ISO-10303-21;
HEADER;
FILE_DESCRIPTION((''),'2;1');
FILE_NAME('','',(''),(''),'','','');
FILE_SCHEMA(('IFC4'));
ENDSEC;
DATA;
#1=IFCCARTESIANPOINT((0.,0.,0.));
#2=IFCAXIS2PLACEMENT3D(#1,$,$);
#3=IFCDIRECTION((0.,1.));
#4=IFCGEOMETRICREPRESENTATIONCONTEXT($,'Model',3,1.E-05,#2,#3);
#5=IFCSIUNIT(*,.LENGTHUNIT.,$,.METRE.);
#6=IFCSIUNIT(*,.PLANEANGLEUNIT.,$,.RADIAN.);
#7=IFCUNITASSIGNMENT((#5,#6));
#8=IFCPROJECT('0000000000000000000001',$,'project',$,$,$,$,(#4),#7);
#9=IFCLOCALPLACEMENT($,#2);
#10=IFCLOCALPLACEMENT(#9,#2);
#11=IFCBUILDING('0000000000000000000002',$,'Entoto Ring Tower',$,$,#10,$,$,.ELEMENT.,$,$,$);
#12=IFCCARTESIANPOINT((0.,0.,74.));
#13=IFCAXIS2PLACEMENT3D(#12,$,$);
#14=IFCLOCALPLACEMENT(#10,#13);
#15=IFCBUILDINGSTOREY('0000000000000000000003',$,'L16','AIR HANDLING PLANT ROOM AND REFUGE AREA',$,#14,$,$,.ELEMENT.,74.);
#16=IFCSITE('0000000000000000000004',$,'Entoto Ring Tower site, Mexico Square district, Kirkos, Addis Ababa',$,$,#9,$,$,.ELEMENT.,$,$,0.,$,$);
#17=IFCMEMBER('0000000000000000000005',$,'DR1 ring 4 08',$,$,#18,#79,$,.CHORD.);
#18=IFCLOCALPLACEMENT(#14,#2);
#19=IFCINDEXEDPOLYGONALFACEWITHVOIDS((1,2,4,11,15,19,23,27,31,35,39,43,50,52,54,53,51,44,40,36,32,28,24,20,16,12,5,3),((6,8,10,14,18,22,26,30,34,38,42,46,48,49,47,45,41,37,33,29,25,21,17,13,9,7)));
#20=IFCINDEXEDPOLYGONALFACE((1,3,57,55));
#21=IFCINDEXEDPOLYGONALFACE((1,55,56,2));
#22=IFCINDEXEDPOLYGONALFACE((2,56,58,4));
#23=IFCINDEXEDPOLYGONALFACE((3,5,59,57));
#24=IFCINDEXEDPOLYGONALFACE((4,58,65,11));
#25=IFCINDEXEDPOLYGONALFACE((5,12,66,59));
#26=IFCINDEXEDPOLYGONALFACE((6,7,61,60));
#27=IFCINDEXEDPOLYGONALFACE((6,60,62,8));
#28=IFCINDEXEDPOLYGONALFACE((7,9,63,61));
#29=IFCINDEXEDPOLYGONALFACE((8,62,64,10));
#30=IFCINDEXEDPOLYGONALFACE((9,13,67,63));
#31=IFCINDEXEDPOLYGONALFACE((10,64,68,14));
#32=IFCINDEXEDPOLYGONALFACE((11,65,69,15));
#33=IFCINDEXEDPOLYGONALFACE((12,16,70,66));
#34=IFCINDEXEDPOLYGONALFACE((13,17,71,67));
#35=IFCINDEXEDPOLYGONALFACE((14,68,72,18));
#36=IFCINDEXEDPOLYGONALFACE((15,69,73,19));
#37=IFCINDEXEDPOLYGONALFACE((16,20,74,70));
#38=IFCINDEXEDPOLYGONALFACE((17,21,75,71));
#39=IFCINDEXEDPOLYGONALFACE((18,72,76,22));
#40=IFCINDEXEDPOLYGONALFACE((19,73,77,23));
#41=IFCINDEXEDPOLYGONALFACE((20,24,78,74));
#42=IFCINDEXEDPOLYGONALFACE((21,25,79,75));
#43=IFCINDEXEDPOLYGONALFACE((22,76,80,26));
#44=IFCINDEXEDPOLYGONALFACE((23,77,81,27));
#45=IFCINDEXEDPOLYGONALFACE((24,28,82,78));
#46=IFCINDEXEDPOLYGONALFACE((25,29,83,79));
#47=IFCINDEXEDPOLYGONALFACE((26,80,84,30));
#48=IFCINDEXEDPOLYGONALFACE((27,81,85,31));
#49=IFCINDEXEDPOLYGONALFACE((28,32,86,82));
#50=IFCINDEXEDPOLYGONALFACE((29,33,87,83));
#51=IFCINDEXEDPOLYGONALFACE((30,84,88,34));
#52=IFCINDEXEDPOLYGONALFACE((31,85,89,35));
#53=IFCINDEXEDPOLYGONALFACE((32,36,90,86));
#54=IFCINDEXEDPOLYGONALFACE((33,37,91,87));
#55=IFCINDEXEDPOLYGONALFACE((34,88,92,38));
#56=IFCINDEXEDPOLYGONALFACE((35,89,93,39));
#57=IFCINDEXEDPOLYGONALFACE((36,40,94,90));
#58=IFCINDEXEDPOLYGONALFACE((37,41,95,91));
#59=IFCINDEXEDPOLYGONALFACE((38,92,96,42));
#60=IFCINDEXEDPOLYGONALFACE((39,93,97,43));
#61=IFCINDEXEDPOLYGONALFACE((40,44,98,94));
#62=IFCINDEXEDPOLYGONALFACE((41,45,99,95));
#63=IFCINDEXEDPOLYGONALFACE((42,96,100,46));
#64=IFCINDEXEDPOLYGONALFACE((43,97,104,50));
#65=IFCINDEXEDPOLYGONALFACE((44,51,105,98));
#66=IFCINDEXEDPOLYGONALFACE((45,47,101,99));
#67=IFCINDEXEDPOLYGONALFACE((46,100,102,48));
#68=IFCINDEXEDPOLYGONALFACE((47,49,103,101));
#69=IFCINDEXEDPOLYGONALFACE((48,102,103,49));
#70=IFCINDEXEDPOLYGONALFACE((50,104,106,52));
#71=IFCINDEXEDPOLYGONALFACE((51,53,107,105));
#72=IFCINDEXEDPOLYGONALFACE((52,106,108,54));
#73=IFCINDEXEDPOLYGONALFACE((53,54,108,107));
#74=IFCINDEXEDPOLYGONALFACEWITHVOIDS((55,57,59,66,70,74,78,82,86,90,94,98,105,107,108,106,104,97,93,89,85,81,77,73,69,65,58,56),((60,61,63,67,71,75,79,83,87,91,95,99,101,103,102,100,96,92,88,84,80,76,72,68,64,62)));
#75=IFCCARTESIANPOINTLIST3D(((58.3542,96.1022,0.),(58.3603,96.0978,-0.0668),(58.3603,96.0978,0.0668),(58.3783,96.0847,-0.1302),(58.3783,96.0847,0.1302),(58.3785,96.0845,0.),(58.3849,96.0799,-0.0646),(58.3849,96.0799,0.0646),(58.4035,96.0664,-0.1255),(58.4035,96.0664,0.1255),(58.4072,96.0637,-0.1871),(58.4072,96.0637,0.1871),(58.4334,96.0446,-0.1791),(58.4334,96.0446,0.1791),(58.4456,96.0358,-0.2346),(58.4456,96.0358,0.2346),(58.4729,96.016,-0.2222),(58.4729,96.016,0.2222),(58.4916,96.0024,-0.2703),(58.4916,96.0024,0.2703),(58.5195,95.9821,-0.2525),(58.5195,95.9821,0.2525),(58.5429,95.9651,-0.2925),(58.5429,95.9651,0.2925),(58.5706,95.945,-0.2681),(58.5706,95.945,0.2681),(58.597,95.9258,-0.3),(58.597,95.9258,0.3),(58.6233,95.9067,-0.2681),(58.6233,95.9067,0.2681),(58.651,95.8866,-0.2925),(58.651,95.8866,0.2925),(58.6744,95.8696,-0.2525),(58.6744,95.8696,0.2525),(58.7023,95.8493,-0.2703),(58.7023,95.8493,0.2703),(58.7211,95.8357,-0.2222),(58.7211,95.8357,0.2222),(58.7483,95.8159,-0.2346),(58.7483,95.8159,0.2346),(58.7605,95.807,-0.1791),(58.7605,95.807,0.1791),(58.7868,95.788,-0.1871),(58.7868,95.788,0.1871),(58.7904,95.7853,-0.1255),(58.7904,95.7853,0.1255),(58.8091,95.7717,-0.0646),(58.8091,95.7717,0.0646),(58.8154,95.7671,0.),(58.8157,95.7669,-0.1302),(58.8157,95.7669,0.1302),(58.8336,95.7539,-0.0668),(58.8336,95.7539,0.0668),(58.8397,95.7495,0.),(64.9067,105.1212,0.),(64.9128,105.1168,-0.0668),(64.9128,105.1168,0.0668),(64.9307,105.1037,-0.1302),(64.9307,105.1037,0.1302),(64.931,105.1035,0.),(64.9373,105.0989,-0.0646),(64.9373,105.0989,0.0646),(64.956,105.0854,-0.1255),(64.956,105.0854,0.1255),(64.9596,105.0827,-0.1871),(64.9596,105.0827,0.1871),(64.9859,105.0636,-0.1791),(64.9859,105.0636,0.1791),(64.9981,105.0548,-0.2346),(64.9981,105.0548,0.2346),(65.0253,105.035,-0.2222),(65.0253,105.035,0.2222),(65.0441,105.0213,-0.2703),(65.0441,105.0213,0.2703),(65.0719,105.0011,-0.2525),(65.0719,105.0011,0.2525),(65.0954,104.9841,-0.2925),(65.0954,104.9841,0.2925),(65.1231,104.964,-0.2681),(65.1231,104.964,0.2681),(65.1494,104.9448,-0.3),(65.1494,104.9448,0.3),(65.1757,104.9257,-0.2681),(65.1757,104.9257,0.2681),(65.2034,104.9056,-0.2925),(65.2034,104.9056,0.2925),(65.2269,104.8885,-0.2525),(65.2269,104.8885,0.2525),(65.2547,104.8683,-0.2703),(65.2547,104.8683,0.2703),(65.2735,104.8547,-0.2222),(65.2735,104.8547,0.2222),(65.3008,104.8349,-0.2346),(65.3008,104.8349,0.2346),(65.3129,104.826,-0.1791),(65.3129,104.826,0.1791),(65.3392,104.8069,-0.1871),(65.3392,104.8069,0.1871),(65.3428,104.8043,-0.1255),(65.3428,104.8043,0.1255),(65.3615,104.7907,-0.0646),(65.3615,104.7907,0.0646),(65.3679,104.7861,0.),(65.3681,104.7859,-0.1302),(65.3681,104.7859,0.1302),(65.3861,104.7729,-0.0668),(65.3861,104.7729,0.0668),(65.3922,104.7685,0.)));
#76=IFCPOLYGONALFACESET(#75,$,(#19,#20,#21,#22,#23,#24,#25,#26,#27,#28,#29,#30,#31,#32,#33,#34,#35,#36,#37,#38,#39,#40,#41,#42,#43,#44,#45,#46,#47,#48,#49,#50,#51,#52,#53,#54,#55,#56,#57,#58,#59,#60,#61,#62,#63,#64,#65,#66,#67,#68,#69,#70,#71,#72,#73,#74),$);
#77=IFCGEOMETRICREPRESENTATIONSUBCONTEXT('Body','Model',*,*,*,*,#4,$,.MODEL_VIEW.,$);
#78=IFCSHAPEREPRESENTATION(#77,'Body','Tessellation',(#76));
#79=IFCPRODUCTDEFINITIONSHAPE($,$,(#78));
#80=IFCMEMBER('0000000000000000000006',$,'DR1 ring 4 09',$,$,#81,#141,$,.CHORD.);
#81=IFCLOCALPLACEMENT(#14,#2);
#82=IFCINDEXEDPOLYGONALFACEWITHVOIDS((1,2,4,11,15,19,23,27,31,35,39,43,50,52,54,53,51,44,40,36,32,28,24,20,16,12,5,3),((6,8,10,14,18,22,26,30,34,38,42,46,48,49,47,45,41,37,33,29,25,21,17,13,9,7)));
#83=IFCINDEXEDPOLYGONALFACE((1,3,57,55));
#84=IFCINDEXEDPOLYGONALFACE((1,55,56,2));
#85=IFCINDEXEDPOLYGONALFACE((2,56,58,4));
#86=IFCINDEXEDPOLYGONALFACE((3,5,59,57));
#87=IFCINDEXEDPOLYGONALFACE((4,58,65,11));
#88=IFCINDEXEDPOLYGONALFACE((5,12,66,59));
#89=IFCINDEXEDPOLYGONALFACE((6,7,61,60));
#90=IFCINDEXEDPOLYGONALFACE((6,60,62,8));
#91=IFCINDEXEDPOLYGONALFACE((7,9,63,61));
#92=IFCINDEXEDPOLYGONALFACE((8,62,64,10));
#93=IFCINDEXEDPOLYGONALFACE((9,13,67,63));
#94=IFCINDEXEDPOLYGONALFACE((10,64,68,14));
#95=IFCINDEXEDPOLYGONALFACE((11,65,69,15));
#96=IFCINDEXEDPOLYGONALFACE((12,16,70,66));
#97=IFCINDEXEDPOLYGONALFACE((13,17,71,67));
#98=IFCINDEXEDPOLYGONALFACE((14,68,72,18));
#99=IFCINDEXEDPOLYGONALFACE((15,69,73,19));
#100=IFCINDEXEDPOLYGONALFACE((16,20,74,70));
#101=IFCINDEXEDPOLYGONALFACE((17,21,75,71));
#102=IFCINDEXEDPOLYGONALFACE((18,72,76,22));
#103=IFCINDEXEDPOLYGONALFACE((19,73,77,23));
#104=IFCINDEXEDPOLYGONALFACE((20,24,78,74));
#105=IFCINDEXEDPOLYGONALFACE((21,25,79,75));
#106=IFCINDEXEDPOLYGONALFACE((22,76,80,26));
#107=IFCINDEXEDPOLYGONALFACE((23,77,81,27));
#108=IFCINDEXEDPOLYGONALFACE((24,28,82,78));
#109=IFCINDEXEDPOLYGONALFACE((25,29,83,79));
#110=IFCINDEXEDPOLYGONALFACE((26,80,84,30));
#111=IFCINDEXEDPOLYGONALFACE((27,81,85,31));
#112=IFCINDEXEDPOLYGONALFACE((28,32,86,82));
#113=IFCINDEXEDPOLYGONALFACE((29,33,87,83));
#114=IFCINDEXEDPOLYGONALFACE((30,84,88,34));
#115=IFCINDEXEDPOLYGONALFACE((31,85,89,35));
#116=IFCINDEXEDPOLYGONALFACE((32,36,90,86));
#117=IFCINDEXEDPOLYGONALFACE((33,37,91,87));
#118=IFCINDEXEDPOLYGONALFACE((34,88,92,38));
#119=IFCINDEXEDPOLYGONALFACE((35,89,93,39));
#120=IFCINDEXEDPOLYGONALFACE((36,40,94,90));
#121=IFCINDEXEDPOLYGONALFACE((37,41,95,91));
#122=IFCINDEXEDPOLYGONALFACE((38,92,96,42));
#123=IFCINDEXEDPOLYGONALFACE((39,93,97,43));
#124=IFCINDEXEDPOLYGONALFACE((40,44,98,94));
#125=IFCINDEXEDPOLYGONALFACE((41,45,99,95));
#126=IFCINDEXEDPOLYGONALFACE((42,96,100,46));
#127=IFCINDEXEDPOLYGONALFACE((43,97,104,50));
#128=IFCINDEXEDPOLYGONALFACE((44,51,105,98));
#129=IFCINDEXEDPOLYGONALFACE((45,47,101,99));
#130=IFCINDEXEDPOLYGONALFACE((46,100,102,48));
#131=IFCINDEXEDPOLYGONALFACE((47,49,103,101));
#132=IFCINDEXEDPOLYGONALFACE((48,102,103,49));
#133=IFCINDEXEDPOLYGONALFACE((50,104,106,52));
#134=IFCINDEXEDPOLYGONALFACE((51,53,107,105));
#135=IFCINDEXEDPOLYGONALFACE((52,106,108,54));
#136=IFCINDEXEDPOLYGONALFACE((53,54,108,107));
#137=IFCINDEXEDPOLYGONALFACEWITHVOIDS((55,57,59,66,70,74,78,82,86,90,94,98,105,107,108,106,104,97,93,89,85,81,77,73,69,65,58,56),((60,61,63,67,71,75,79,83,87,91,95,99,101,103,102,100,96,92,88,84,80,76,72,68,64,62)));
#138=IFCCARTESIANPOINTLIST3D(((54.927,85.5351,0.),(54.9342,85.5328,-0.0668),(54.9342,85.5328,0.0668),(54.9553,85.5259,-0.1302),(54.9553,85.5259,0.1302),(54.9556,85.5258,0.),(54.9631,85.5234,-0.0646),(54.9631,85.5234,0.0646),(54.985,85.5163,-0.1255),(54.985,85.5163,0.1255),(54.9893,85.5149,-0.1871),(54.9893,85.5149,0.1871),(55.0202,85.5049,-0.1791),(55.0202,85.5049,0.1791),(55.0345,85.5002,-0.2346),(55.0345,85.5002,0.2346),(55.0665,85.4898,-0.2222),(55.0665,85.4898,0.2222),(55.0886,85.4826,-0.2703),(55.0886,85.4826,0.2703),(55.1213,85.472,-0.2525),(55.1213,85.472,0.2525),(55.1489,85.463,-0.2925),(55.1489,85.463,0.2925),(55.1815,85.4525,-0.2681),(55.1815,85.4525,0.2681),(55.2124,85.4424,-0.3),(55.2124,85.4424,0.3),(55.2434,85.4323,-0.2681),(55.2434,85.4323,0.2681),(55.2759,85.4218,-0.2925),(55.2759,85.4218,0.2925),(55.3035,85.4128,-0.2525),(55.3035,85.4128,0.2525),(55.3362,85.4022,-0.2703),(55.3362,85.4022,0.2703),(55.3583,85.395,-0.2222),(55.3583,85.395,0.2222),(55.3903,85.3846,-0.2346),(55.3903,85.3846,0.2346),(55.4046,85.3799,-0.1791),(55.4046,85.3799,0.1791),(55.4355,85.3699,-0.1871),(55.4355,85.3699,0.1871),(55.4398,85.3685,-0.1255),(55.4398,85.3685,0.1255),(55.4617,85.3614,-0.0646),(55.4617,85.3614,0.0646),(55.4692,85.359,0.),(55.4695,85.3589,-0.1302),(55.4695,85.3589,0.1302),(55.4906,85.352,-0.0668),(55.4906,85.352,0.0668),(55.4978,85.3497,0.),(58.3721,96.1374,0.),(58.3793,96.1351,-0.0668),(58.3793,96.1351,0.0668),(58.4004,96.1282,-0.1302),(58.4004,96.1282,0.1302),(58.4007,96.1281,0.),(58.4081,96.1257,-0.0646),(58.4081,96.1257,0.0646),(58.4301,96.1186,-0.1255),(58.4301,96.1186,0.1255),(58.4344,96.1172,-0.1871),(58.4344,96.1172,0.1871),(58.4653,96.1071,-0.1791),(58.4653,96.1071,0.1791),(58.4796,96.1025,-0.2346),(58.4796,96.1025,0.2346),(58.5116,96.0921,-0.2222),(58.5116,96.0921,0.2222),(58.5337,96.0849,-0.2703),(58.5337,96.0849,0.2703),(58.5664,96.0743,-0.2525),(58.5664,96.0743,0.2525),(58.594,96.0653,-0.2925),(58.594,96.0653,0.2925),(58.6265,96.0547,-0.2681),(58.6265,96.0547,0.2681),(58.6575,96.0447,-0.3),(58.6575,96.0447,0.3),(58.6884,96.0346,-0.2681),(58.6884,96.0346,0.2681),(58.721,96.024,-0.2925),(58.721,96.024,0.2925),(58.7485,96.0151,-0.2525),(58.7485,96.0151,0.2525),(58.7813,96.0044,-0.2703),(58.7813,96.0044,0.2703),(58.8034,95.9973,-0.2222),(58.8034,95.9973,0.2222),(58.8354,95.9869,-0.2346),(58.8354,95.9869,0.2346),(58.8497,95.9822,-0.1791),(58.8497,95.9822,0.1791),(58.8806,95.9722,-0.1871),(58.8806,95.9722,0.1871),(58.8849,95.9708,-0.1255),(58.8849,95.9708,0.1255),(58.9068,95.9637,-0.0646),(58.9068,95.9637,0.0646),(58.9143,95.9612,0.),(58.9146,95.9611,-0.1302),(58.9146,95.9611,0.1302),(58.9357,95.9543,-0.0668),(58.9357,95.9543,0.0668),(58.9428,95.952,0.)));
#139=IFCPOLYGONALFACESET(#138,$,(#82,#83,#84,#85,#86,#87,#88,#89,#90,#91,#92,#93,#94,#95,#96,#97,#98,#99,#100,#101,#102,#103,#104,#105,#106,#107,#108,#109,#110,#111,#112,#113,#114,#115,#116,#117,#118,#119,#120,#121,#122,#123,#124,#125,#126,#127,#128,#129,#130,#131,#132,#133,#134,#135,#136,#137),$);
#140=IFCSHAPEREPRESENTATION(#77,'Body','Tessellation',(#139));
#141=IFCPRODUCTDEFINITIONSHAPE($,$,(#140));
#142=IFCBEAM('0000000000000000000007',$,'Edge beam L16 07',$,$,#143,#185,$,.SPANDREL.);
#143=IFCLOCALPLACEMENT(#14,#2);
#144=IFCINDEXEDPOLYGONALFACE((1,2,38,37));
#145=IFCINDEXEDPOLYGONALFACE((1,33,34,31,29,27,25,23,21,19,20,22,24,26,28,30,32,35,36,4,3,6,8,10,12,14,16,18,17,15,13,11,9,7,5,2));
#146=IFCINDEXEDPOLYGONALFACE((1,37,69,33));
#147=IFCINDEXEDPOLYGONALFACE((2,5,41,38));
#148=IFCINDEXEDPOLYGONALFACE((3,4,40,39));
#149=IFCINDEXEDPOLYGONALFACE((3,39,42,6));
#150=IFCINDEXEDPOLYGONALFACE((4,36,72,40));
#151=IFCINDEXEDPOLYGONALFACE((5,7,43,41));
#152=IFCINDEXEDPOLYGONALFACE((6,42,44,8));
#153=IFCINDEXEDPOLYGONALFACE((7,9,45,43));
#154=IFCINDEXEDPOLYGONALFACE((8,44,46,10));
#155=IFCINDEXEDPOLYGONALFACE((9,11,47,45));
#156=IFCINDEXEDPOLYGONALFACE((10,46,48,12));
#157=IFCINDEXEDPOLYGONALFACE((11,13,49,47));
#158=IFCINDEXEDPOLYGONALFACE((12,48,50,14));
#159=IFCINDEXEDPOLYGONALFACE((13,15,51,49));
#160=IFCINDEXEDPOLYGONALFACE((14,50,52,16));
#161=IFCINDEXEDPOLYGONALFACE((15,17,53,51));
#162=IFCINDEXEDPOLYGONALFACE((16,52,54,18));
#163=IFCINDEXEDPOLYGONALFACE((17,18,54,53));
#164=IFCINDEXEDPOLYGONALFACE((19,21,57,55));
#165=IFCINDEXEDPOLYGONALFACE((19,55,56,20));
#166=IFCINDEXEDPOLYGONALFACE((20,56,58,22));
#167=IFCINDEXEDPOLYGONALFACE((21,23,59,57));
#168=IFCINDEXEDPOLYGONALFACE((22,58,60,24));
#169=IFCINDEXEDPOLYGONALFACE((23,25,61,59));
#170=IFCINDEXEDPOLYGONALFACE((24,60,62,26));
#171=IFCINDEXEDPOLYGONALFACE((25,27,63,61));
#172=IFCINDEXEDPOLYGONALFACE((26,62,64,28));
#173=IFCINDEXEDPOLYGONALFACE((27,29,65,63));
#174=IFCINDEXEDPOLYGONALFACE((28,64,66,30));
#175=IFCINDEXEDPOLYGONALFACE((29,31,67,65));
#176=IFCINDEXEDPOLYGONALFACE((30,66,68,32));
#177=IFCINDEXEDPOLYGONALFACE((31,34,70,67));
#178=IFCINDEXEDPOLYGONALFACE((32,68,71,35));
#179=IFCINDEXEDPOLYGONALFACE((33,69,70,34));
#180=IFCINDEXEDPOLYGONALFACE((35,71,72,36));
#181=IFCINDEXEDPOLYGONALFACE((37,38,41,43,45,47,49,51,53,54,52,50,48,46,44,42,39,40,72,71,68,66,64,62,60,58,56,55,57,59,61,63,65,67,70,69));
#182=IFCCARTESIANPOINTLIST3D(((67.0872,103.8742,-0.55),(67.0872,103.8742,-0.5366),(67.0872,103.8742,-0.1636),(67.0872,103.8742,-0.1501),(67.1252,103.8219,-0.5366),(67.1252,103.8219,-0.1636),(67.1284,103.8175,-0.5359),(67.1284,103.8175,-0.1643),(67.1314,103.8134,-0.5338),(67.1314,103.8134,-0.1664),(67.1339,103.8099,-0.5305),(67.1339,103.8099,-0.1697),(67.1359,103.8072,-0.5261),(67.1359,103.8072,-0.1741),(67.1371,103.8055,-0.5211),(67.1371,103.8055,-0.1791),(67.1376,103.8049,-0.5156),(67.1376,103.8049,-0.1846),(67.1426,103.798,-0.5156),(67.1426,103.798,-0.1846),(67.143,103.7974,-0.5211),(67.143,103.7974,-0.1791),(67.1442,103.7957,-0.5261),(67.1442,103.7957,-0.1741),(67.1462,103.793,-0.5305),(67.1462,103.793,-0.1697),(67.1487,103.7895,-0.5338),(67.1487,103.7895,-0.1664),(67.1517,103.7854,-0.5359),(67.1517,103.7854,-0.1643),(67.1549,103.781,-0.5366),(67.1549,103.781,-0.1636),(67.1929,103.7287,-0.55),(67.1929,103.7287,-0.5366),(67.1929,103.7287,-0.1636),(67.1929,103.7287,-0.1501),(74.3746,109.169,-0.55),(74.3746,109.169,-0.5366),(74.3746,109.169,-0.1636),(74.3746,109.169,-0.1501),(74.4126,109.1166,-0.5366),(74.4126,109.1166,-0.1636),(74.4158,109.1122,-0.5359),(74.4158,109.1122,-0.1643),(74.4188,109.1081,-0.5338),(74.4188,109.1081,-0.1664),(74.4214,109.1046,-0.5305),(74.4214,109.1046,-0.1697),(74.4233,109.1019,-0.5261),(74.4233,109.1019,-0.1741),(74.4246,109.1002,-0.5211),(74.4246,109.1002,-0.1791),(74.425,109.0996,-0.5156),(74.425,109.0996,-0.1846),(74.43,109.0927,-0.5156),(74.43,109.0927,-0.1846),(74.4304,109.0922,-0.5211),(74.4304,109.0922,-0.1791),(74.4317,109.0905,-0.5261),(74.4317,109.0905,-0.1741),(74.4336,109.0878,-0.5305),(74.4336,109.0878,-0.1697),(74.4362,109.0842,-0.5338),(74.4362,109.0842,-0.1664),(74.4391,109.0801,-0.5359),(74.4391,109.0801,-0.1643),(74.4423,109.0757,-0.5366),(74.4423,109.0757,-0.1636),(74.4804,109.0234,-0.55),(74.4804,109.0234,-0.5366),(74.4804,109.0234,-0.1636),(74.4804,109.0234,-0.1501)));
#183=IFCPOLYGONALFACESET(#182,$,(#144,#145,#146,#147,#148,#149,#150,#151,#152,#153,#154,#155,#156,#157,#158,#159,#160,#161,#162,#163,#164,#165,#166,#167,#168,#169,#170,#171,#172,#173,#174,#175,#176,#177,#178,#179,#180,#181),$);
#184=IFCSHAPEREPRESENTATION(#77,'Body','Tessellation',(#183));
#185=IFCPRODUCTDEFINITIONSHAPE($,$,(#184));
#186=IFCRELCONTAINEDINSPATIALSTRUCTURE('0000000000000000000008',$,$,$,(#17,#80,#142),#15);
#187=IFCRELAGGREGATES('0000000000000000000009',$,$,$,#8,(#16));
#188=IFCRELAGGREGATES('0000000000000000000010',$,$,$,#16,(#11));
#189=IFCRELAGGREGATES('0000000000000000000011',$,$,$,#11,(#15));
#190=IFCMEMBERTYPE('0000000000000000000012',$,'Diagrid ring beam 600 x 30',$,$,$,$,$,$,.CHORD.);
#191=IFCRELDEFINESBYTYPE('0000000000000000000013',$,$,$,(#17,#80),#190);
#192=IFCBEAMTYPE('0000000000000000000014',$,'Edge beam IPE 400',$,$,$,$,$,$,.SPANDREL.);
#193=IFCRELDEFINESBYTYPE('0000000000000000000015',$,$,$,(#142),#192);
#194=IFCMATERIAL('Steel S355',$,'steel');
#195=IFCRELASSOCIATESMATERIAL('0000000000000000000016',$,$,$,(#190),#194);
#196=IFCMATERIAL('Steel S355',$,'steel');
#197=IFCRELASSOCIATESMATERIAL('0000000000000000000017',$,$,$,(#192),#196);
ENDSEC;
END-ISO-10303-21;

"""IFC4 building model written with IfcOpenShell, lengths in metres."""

from ifc_helpers import new_model, si_unit, direction, frame, origin, origin_2d, place, context, subcontext, project, spatial, circle, hollow_circle, i_section, extrude, material, material_profile, profile_set, type_object, element, save


model = new_model("IFC4")

# Units and contexts
model_context = context("Model", 3, precision=1e-05, world=origin(), true_north=direction((0.0, 1.0)))
body_context = subcontext(model_context, "Body", "Model", "MODEL_VIEW")
ifc_project = project(units=[si_unit("LENGTHUNIT", "METRE"), si_unit("PLANEANGLEUNIT", "RADIAN")], contexts=[model_context])

# Site, building, storey
site_placement = place(None, origin())
site = spatial("IfcSite", under=ifc_project, at=site_placement, Name="Entoto Ring Tower site, Mexico Square district, Kirkos, Addis Ababa", CompositionType="ELEMENT", RefElevation=0.0)
building_placement = place(site_placement, origin())
building = spatial("IfcBuilding", under=site, at=building_placement, Name="Entoto Ring Tower", CompositionType="ELEMENT")
storey_placement = place(building_placement, frame((0.0, 0.0, 74.0)))
storey = spatial("IfcBuildingStorey", under=building, at=storey_placement, Name="L16", Description="AIR HANDLING PLANT ROOM AND REFUGE AREA", CompositionType="ELEMENT", Elevation=74.0)

# Members
ifc_material_1 = material(Name="Steel S355", Category="steel")
ifc_material_profile_1 = material_profile(ifc_material_1, hollow_circle(Radius=0.3, WallThickness=0.03, at=origin_2d()), Name="CHS 600 x 30")
ifc_material_2 = material(Name="Concrete C60/75", Category="concrete")
ifc_material_profile_2 = material_profile(ifc_material_2, circle(Radius=0.27, at=origin_2d()), Name="Concrete C60/75 infill")
ifc_profile_set_1 = profile_set([ifc_material_profile_1, ifc_material_profile_2], Name="Steel S355")
member_type_1 = type_object("IfcMemberType", Name="Diagrid ring beam 600 x 30", PredefinedType="CHORD", material=ifc_profile_set_1)
for number, where, z_axis, x_axis, name in (
    (1, (65.1494, 104.9448, 0.0), (-0.587772, -0.809027, 0.0), (0.809027, -0.587772, 0.0), "DR1 ring 4 08"),
    (2, (58.6575, 96.0447, 0.0), (-0.309031, -0.951052, 0.0), (0.951052, -0.309031, 0.0), "DR1 ring 4 09"),
):
    element("IfcMember", number, at=place(storey_placement, frame(where, z_axis=z_axis, x_axis=x_axis)), inside=storey, type_object=member_type_1, Name=name, PredefinedType="CHORD", context=body_context, shape_type="SweptSolid", body=[
        extrude(hollow_circle(Radius=0.3, WallThickness=0.03, at=origin_2d()), origin(), (0.0, 0.0, 1.0), 11.1479),
    ])

# Beam
ifc_material_3 = material(Name="Steel S355", Category="steel")
ifc_material_profile_3 = material_profile(ifc_material_3, i_section(OverallWidth=0.1799, OverallDepth=0.3999, WebThickness=0.0085, FlangeThickness=0.0134, FilletRadius=0.021, at=origin_2d()), Name="IPE 400")
ifc_profile_set_2 = profile_set([ifc_material_profile_3], Name="Steel S355")
beam_type = type_object("IfcBeamType", Name="Edge beam IPE 400", PredefinedType="SPANDREL", material=ifc_profile_set_2)
for number, where, z_axis, x_axis, name in (
    (3, (74.4275, 109.0962, -0.3501), (-0.809011, -0.587793, 0.0), (0.587793, -0.809011, 0.0), "Edge beam L16 07"),
):
    element("IfcBeam", number, at=place(storey_placement, frame(where, z_axis=z_axis, x_axis=x_axis)), inside=storey, type_object=beam_type, Name=name, PredefinedType="SPANDREL", context=body_context, shape_type="SweptSolid", body=[
        extrude(i_section(OverallWidth=0.1799, OverallDepth=0.3999, WebThickness=0.0085, FlangeThickness=0.0134, FilletRadius=0.021, at=origin_2d()), origin(), (0.0, 0.0, 1.0), 9.0078),
    ])

save(model, "model.ifc")
